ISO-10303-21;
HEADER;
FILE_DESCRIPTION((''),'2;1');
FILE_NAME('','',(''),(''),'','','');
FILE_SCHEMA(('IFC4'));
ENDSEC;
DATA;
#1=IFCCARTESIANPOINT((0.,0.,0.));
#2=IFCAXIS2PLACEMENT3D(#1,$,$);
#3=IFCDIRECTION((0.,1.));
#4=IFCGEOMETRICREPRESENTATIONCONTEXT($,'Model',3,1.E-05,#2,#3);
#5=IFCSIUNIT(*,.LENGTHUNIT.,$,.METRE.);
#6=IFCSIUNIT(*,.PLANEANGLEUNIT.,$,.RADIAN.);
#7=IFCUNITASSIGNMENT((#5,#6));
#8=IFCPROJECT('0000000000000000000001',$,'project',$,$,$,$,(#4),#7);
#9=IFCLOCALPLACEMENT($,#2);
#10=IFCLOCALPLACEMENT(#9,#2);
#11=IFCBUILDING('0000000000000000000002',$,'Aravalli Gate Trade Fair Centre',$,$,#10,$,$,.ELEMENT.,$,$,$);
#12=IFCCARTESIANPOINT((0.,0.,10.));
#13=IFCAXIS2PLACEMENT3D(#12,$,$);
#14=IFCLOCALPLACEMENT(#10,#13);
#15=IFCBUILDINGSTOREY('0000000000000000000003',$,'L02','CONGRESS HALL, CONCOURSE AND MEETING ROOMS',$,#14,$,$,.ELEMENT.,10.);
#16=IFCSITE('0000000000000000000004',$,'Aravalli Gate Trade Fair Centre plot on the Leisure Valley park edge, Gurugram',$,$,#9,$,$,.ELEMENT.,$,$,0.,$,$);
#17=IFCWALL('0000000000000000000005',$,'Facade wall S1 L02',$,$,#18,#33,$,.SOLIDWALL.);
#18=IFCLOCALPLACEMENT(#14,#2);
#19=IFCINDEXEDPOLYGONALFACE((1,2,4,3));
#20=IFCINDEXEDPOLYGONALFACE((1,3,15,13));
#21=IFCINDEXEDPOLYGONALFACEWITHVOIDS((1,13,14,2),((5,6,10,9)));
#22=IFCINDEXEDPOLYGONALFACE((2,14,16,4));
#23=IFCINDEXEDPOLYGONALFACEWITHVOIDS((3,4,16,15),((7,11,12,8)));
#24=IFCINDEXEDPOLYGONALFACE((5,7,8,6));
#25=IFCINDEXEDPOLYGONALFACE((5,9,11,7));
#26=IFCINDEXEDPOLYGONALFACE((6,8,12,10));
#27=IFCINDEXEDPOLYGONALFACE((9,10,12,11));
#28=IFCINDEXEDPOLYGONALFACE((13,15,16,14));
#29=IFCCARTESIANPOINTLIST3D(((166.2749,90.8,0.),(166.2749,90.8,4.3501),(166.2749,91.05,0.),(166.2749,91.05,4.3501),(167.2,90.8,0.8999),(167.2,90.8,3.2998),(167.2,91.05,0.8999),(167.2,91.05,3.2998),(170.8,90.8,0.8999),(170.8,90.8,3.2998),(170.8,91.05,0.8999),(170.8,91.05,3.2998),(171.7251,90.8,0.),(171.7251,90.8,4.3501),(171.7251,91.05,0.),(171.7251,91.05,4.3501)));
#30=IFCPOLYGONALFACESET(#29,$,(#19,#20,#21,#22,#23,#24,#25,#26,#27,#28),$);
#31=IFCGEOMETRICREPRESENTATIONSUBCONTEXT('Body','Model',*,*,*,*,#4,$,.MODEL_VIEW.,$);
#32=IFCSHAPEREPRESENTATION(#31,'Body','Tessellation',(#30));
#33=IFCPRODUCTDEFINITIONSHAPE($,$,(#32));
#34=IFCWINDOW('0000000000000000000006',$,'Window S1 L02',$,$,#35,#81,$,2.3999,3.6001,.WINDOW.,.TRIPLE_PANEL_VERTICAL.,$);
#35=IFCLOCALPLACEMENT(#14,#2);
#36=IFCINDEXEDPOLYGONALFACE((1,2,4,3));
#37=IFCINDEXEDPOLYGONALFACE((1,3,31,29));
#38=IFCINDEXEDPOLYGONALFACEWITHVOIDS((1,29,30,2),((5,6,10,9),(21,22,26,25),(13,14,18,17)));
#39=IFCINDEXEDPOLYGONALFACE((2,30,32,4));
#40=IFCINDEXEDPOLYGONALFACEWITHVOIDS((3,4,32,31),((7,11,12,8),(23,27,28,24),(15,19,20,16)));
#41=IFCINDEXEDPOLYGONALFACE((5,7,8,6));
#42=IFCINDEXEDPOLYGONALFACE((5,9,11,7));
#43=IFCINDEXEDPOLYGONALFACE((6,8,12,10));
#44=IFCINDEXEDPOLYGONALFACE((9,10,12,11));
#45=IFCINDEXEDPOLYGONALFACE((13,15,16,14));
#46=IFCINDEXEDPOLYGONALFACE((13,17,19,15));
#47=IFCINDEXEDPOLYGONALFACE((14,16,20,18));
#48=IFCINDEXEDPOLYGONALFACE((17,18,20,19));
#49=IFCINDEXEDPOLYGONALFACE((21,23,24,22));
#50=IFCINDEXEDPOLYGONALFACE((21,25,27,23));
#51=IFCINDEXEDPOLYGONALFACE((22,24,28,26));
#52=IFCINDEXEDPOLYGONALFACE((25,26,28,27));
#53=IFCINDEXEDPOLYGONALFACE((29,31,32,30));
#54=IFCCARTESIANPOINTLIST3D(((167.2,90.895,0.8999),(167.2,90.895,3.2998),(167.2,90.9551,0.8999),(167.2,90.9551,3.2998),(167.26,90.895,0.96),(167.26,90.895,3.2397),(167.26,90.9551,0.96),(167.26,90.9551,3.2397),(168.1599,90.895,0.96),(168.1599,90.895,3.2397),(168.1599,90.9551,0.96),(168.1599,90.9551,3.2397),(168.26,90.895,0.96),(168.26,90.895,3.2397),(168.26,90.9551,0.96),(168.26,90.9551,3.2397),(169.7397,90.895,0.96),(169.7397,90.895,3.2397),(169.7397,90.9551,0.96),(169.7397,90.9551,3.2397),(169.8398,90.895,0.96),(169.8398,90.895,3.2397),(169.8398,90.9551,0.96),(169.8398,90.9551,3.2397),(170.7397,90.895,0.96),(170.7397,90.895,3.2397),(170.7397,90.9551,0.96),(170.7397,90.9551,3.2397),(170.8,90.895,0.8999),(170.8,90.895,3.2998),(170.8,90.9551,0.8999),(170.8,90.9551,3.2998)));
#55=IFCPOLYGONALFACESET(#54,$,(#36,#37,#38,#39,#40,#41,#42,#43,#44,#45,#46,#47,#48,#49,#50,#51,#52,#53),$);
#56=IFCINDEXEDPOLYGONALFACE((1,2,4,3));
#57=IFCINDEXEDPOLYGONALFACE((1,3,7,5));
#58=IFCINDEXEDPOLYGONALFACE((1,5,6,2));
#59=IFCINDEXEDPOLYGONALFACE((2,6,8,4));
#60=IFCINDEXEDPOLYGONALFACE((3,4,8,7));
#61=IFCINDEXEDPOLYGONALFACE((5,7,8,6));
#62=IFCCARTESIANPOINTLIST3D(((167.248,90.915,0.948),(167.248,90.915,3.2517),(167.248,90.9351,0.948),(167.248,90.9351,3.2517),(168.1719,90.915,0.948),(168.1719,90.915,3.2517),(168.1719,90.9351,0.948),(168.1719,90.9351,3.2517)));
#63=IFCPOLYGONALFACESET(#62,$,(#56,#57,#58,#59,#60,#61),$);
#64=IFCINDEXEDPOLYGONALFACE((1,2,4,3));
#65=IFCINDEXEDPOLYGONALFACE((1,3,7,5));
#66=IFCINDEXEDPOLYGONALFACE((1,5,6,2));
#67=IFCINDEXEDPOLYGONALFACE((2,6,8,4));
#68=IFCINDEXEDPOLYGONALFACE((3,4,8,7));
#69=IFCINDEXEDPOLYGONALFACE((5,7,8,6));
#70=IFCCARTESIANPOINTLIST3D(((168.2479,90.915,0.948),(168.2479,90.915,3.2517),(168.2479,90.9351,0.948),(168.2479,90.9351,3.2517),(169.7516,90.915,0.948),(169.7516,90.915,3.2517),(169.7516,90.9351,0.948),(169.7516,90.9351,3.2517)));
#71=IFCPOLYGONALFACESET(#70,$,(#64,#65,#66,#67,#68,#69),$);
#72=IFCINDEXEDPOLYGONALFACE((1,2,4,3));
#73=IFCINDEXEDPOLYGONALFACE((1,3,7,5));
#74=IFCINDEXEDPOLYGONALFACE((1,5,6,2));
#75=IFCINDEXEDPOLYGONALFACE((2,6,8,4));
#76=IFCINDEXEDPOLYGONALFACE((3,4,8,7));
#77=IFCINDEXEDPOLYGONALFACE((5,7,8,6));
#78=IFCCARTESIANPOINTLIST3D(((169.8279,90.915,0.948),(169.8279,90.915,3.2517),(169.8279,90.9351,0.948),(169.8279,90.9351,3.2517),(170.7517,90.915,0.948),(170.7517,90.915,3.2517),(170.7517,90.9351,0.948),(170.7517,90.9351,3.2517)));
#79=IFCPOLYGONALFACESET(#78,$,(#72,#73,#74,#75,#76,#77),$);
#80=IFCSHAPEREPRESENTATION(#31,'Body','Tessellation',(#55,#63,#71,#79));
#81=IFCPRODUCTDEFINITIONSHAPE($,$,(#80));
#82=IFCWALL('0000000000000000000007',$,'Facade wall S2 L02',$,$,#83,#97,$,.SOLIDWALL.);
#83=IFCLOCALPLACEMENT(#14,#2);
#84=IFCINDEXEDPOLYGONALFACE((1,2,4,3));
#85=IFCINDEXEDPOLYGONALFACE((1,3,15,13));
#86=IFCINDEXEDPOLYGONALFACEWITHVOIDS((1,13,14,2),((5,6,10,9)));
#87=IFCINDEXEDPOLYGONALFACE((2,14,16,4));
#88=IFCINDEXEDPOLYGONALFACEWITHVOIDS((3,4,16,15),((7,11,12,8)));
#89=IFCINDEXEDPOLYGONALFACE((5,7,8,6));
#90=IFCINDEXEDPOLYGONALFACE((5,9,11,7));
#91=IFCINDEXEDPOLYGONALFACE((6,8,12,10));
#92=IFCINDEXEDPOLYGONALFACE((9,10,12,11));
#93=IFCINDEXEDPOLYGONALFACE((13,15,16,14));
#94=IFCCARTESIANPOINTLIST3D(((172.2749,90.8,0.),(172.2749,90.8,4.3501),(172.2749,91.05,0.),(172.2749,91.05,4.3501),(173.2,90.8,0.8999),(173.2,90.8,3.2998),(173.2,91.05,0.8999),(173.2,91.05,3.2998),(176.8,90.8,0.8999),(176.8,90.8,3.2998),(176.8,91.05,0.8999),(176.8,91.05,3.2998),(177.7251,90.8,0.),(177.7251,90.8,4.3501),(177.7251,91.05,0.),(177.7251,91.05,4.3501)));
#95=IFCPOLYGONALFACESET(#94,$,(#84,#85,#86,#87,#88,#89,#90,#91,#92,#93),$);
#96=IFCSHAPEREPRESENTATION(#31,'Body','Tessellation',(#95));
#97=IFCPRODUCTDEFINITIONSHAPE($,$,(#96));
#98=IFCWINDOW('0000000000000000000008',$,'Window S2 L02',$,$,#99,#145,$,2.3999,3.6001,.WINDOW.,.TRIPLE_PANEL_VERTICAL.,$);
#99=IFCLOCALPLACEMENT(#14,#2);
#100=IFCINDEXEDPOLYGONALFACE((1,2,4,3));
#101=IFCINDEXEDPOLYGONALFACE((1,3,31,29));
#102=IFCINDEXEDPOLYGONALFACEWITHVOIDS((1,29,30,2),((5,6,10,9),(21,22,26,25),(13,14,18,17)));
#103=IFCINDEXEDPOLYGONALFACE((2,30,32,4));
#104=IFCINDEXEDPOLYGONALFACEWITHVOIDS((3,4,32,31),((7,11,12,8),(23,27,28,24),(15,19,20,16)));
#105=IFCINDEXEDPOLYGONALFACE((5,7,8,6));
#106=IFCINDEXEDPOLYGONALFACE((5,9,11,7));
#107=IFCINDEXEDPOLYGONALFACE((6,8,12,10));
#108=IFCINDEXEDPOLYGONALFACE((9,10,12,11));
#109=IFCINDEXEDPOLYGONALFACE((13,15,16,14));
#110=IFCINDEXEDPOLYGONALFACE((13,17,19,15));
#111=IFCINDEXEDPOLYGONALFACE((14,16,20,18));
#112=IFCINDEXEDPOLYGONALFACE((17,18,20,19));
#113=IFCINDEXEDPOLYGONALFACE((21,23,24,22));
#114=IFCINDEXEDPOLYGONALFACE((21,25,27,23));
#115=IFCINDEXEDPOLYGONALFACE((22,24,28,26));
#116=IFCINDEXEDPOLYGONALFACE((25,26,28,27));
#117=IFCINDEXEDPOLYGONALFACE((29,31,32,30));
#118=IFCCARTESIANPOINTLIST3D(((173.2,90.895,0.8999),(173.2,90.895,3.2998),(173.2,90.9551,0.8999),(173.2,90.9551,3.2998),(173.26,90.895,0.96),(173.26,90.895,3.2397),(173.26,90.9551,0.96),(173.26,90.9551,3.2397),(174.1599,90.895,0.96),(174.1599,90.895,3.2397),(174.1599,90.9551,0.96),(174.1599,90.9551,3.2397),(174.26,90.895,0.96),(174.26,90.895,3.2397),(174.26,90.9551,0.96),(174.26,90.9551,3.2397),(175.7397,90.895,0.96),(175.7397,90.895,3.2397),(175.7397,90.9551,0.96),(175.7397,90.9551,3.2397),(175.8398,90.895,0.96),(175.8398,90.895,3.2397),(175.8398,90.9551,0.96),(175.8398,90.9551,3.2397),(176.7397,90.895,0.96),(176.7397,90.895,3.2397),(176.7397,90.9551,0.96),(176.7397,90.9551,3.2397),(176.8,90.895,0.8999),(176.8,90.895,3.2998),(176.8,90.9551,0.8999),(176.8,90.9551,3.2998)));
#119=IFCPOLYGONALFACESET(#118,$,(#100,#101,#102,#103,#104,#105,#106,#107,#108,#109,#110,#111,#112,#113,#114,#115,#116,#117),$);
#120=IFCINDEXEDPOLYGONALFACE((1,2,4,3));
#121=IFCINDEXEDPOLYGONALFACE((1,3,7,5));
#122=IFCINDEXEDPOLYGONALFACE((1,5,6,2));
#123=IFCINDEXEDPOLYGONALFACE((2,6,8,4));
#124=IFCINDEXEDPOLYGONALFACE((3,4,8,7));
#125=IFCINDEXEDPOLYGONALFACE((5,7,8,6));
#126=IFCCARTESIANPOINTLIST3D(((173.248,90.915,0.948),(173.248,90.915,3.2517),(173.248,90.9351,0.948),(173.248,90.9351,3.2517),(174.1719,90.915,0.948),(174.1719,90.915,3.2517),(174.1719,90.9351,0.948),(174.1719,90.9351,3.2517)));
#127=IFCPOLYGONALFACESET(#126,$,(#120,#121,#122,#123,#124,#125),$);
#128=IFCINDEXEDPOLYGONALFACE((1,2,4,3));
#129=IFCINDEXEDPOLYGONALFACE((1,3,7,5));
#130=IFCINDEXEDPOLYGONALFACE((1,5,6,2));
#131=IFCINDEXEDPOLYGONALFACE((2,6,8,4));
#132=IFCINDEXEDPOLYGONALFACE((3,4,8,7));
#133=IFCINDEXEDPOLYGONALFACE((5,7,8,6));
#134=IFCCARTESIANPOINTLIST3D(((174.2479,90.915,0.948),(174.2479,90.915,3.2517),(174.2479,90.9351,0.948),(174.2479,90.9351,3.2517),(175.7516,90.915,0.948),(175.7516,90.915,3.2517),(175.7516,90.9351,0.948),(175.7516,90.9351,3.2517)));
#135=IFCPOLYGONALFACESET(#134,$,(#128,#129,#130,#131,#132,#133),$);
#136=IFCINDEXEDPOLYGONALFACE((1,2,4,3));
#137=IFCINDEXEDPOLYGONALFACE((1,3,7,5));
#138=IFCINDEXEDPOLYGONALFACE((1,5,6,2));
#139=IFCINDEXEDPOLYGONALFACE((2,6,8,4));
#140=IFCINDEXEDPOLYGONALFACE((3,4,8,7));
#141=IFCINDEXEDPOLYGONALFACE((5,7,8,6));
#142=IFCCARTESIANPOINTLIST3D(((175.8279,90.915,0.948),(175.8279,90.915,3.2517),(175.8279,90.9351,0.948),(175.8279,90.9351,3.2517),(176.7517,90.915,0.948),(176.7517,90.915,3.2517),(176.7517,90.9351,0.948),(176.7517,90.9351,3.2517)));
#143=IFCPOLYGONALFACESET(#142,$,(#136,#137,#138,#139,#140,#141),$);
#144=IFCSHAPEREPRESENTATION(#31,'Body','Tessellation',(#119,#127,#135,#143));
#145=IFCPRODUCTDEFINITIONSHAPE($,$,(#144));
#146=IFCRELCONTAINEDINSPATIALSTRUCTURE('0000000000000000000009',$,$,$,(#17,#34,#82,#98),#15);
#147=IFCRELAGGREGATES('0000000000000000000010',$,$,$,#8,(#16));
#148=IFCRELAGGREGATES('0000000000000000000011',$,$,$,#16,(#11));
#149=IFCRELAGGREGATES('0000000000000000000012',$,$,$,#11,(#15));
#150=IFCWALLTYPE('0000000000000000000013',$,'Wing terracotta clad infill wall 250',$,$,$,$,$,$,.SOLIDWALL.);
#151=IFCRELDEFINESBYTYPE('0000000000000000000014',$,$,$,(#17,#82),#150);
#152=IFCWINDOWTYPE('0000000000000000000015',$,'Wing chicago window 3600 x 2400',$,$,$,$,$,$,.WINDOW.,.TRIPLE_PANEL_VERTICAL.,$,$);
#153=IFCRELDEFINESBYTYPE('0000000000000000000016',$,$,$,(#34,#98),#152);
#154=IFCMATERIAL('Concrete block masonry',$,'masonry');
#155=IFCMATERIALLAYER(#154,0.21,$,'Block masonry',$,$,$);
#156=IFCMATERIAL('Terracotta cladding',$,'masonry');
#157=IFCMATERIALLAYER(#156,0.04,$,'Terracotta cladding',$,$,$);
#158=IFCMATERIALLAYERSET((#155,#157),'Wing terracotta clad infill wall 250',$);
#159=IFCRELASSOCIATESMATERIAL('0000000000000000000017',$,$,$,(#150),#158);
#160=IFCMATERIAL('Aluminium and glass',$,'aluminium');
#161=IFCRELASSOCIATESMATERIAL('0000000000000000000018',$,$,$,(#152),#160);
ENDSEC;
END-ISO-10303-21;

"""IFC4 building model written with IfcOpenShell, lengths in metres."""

from ifc_helpers import new_model, si_unit, direction, frame, frame_2d, origin, place, context, subcontext, project, spatial, polyline, rectangle, outline, extrude, material, layer, layer_set, type_object, element, fill, save


model = new_model("IFC4")

# Units and contexts
model_context = context("Model", 3, precision=1e-05, world=origin(), true_north=direction((0.0, 1.0)))
body_context = subcontext(model_context, "Body", "Model", "MODEL_VIEW")
ifc_project = project(units=[si_unit("LENGTHUNIT", "METRE"), si_unit("PLANEANGLEUNIT", "RADIAN")], contexts=[model_context])

# Site, building, storey
site_placement = place(None, origin())
site = spatial("IfcSite", under=ifc_project, at=site_placement, Name="Aravalli Gate Trade Fair Centre plot on the Leisure Valley park edge, Gurugram", CompositionType="ELEMENT", RefElevation=0.0)
building_placement = place(site_placement, origin())
building = spatial("IfcBuilding", under=site, at=building_placement, Name="Aravalli Gate Trade Fair Centre", CompositionType="ELEMENT")
storey_placement = place(building_placement, frame((0.0, 0.0, 10.0)))
storey = spatial("IfcBuildingStorey", under=building, at=storey_placement, Name="L02", Description="CONGRESS HALL, CONCOURSE AND MEETING ROOMS", CompositionType="ELEMENT", Elevation=10.0)

# Walls, openings, windows
ifc_material_1 = material(Name="Concrete block masonry", Category="masonry")
ifc_layer_1 = layer(ifc_material_1, 0.21, Name="Block masonry")
ifc_material_2 = material(Name="Terracotta cladding", Category="masonry")
ifc_layer_2 = layer(ifc_material_2, 0.04, Name="Terracotta cladding")
ifc_layer_set_1 = layer_set([ifc_layer_1, ifc_layer_2], Name="Wing terracotta clad infill wall 250")
wall_type_1 = type_object("IfcWallType", Name="Wing terracotta clad infill wall 250", PredefinedType="SOLIDWALL", material=ifc_layer_set_1)
wall_1_placement = place(storey_placement, frame((166.2749, 90.925, 0.0), z_axis=(0.0, 0.0, 1.0), x_axis=(1.0, 0.0, 0.0)))
wall_1 = element("IfcWall", 1, at=wall_1_placement, inside=storey, type_object=wall_type_1, Name="Facade wall S1 L02", PredefinedType="SOLIDWALL", context=body_context, shape_type="SweptSolid", body=[
    extrude(rectangle(XDim=5.4502, YDim=0.25, at=frame_2d((2.7251, 0.0))), origin(), (0.0, 0.0, 1.0), 4.3501),
])
opening_1_placement = place(wall_1_placement, frame((0.925, 0.0, 0.8999)))
opening_1 = element("IfcOpeningElement", 2, at=opening_1_placement, cuts=wall_1, PredefinedType="OPENING", context=body_context, shape_type="SweptSolid", body=[
    extrude(rectangle(XDim=3.6001, YDim=2.3999, at=frame_2d((1.8, 1.2))), frame((0.0, 0.135, 0.0), z_axis=(0.0, -1.0, 0.0), x_axis=(1.0, 0.0, 0.0)), (0.0, 0.0, 1.0), 0.27),
])
ifc_material_3 = material(Name="Aluminium and glass", Category="aluminium")
window_type = type_object("IfcWindowType", Name="Wing chicago window 3600 x 2400", PartitioningType="TRIPLE_PANEL_VERTICAL", PredefinedType="WINDOW", material=ifc_material_3)
window_1_placement = place(opening_1_placement, origin())
window_1 = element("IfcWindow", 3, at=window_1_placement, inside=storey, type_object=window_type, Name="Window S1 L02", OverallHeight=2.3999, OverallWidth=3.6001, PartitioningType="TRIPLE_PANEL_VERTICAL", PredefinedType="WINDOW", context=body_context, shape_type="SweptSolid", body=[
    extrude(outline(polyline([(0.0, 0.0), (3.6001, 0.0), (3.6001, 2.3999), (0.0, 2.3999), (0.0, 0.0)]), holes=[polyline([(0.0601, 0.0601), (0.96, 0.0601), (0.96, 2.3398), (0.0601, 2.3398), (0.0601, 0.0601)]), polyline([(1.0601, 0.0601), (2.5398, 0.0601), (2.5398, 2.3398), (1.0601, 2.3398), (1.0601, 0.0601)]), polyline([(2.6399, 0.0601), (3.5398, 0.0601), (3.5398, 2.3398), (2.6399, 2.3398), (2.6399, 0.0601)])]), frame((0.0, 0.03, 0.0), z_axis=(0.0, -1.0, 0.0), x_axis=(1.0, 0.0, 0.0)), (0.0, 0.0, 1.0), 0.0601),
    extrude(rectangle(XDim=0.9238, YDim=2.3037, at=frame_2d((0.51, 1.2))), frame((0.0, 0.01, 0.0), z_axis=(0.0, -1.0, 0.0), x_axis=(1.0, 0.0, 0.0)), (0.0, 0.0, 1.0), 0.02),
    extrude(rectangle(XDim=1.5037, YDim=2.3037, at=frame_2d((1.7998, 1.2))), frame((0.0, 0.01, 0.0), z_axis=(0.0, -1.0, 0.0), x_axis=(1.0, 0.0, 0.0)), (0.0, 0.0, 1.0), 0.02),
    extrude(rectangle(XDim=0.9238, YDim=2.3037, at=frame_2d((3.0898, 1.2))), frame((0.0, 0.01, 0.0), z_axis=(0.0, -1.0, 0.0), x_axis=(1.0, 0.0, 0.0)), (0.0, 0.0, 1.0), 0.02),
])
fill(opening_1, window_1)
wall_2_placement = place(storey_placement, frame((172.2749, 90.925, 0.0), z_axis=(0.0, 0.0, 1.0), x_axis=(1.0, 0.0, 0.0)))
wall_2 = element("IfcWall", 4, at=wall_2_placement, inside=storey, type_object=wall_type_1, Name="Facade wall S2 L02", PredefinedType="SOLIDWALL", context=body_context, shape_type="SweptSolid", body=[
    extrude(rectangle(XDim=5.4502, YDim=0.25, at=frame_2d((2.7251, 0.0))), origin(), (0.0, 0.0, 1.0), 4.3501),
])
opening_2_placement = place(wall_2_placement, frame((0.925, 0.0, 0.8999)))
opening_2 = element("IfcOpeningElement", 5, at=opening_2_placement, cuts=wall_2, PredefinedType="OPENING", context=body_context, shape_type="SweptSolid", body=[
    extrude(rectangle(XDim=3.6001, YDim=2.3999, at=frame_2d((1.8, 1.2))), frame((0.0, 0.135, 0.0), z_axis=(0.0, -1.0, 0.0), x_axis=(1.0, 0.0, 0.0)), (0.0, 0.0, 1.0), 0.27),
])
window_2_placement = place(opening_2_placement, origin())
window_2 = element("IfcWindow", 6, at=window_2_placement, inside=storey, type_object=window_type, Name="Window S2 L02", OverallHeight=2.3999, OverallWidth=3.6001, PartitioningType="TRIPLE_PANEL_VERTICAL", PredefinedType="WINDOW", context=body_context, shape_type="SweptSolid", body=[
    extrude(outline(polyline([(0.0, 0.0), (3.6001, 0.0), (3.6001, 2.3999), (0.0, 2.3999), (0.0, 0.0)]), holes=[polyline([(0.0601, 0.0601), (0.96, 0.0601), (0.96, 2.3398), (0.0601, 2.3398), (0.0601, 0.0601)]), polyline([(1.0601, 0.0601), (2.5398, 0.0601), (2.5398, 2.3398), (1.0601, 2.3398), (1.0601, 0.0601)]), polyline([(2.6399, 0.0601), (3.5398, 0.0601), (3.5398, 2.3398), (2.6399, 2.3398), (2.6399, 0.0601)])]), frame((0.0, 0.03, 0.0), z_axis=(0.0, -1.0, 0.0), x_axis=(1.0, 0.0, 0.0)), (0.0, 0.0, 1.0), 0.0601),
    extrude(rectangle(XDim=0.9238, YDim=2.3037, at=frame_2d((0.51, 1.2))), frame((0.0, 0.01, 0.0), z_axis=(0.0, -1.0, 0.0), x_axis=(1.0, 0.0, 0.0)), (0.0, 0.0, 1.0), 0.02),
    extrude(rectangle(XDim=1.5037, YDim=2.3037, at=frame_2d((1.7998, 1.2))), frame((0.0, 0.01, 0.0), z_axis=(0.0, -1.0, 0.0), x_axis=(1.0, 0.0, 0.0)), (0.0, 0.0, 1.0), 0.02),
    extrude(rectangle(XDim=0.9238, YDim=2.3037, at=frame_2d((3.0898, 1.2))), frame((0.0, 0.01, 0.0), z_axis=(0.0, -1.0, 0.0), x_axis=(1.0, 0.0, 0.0)), (0.0, 0.0, 1.0), 0.02),
])
fill(opening_2, window_2)

save(model, "model.ifc")
